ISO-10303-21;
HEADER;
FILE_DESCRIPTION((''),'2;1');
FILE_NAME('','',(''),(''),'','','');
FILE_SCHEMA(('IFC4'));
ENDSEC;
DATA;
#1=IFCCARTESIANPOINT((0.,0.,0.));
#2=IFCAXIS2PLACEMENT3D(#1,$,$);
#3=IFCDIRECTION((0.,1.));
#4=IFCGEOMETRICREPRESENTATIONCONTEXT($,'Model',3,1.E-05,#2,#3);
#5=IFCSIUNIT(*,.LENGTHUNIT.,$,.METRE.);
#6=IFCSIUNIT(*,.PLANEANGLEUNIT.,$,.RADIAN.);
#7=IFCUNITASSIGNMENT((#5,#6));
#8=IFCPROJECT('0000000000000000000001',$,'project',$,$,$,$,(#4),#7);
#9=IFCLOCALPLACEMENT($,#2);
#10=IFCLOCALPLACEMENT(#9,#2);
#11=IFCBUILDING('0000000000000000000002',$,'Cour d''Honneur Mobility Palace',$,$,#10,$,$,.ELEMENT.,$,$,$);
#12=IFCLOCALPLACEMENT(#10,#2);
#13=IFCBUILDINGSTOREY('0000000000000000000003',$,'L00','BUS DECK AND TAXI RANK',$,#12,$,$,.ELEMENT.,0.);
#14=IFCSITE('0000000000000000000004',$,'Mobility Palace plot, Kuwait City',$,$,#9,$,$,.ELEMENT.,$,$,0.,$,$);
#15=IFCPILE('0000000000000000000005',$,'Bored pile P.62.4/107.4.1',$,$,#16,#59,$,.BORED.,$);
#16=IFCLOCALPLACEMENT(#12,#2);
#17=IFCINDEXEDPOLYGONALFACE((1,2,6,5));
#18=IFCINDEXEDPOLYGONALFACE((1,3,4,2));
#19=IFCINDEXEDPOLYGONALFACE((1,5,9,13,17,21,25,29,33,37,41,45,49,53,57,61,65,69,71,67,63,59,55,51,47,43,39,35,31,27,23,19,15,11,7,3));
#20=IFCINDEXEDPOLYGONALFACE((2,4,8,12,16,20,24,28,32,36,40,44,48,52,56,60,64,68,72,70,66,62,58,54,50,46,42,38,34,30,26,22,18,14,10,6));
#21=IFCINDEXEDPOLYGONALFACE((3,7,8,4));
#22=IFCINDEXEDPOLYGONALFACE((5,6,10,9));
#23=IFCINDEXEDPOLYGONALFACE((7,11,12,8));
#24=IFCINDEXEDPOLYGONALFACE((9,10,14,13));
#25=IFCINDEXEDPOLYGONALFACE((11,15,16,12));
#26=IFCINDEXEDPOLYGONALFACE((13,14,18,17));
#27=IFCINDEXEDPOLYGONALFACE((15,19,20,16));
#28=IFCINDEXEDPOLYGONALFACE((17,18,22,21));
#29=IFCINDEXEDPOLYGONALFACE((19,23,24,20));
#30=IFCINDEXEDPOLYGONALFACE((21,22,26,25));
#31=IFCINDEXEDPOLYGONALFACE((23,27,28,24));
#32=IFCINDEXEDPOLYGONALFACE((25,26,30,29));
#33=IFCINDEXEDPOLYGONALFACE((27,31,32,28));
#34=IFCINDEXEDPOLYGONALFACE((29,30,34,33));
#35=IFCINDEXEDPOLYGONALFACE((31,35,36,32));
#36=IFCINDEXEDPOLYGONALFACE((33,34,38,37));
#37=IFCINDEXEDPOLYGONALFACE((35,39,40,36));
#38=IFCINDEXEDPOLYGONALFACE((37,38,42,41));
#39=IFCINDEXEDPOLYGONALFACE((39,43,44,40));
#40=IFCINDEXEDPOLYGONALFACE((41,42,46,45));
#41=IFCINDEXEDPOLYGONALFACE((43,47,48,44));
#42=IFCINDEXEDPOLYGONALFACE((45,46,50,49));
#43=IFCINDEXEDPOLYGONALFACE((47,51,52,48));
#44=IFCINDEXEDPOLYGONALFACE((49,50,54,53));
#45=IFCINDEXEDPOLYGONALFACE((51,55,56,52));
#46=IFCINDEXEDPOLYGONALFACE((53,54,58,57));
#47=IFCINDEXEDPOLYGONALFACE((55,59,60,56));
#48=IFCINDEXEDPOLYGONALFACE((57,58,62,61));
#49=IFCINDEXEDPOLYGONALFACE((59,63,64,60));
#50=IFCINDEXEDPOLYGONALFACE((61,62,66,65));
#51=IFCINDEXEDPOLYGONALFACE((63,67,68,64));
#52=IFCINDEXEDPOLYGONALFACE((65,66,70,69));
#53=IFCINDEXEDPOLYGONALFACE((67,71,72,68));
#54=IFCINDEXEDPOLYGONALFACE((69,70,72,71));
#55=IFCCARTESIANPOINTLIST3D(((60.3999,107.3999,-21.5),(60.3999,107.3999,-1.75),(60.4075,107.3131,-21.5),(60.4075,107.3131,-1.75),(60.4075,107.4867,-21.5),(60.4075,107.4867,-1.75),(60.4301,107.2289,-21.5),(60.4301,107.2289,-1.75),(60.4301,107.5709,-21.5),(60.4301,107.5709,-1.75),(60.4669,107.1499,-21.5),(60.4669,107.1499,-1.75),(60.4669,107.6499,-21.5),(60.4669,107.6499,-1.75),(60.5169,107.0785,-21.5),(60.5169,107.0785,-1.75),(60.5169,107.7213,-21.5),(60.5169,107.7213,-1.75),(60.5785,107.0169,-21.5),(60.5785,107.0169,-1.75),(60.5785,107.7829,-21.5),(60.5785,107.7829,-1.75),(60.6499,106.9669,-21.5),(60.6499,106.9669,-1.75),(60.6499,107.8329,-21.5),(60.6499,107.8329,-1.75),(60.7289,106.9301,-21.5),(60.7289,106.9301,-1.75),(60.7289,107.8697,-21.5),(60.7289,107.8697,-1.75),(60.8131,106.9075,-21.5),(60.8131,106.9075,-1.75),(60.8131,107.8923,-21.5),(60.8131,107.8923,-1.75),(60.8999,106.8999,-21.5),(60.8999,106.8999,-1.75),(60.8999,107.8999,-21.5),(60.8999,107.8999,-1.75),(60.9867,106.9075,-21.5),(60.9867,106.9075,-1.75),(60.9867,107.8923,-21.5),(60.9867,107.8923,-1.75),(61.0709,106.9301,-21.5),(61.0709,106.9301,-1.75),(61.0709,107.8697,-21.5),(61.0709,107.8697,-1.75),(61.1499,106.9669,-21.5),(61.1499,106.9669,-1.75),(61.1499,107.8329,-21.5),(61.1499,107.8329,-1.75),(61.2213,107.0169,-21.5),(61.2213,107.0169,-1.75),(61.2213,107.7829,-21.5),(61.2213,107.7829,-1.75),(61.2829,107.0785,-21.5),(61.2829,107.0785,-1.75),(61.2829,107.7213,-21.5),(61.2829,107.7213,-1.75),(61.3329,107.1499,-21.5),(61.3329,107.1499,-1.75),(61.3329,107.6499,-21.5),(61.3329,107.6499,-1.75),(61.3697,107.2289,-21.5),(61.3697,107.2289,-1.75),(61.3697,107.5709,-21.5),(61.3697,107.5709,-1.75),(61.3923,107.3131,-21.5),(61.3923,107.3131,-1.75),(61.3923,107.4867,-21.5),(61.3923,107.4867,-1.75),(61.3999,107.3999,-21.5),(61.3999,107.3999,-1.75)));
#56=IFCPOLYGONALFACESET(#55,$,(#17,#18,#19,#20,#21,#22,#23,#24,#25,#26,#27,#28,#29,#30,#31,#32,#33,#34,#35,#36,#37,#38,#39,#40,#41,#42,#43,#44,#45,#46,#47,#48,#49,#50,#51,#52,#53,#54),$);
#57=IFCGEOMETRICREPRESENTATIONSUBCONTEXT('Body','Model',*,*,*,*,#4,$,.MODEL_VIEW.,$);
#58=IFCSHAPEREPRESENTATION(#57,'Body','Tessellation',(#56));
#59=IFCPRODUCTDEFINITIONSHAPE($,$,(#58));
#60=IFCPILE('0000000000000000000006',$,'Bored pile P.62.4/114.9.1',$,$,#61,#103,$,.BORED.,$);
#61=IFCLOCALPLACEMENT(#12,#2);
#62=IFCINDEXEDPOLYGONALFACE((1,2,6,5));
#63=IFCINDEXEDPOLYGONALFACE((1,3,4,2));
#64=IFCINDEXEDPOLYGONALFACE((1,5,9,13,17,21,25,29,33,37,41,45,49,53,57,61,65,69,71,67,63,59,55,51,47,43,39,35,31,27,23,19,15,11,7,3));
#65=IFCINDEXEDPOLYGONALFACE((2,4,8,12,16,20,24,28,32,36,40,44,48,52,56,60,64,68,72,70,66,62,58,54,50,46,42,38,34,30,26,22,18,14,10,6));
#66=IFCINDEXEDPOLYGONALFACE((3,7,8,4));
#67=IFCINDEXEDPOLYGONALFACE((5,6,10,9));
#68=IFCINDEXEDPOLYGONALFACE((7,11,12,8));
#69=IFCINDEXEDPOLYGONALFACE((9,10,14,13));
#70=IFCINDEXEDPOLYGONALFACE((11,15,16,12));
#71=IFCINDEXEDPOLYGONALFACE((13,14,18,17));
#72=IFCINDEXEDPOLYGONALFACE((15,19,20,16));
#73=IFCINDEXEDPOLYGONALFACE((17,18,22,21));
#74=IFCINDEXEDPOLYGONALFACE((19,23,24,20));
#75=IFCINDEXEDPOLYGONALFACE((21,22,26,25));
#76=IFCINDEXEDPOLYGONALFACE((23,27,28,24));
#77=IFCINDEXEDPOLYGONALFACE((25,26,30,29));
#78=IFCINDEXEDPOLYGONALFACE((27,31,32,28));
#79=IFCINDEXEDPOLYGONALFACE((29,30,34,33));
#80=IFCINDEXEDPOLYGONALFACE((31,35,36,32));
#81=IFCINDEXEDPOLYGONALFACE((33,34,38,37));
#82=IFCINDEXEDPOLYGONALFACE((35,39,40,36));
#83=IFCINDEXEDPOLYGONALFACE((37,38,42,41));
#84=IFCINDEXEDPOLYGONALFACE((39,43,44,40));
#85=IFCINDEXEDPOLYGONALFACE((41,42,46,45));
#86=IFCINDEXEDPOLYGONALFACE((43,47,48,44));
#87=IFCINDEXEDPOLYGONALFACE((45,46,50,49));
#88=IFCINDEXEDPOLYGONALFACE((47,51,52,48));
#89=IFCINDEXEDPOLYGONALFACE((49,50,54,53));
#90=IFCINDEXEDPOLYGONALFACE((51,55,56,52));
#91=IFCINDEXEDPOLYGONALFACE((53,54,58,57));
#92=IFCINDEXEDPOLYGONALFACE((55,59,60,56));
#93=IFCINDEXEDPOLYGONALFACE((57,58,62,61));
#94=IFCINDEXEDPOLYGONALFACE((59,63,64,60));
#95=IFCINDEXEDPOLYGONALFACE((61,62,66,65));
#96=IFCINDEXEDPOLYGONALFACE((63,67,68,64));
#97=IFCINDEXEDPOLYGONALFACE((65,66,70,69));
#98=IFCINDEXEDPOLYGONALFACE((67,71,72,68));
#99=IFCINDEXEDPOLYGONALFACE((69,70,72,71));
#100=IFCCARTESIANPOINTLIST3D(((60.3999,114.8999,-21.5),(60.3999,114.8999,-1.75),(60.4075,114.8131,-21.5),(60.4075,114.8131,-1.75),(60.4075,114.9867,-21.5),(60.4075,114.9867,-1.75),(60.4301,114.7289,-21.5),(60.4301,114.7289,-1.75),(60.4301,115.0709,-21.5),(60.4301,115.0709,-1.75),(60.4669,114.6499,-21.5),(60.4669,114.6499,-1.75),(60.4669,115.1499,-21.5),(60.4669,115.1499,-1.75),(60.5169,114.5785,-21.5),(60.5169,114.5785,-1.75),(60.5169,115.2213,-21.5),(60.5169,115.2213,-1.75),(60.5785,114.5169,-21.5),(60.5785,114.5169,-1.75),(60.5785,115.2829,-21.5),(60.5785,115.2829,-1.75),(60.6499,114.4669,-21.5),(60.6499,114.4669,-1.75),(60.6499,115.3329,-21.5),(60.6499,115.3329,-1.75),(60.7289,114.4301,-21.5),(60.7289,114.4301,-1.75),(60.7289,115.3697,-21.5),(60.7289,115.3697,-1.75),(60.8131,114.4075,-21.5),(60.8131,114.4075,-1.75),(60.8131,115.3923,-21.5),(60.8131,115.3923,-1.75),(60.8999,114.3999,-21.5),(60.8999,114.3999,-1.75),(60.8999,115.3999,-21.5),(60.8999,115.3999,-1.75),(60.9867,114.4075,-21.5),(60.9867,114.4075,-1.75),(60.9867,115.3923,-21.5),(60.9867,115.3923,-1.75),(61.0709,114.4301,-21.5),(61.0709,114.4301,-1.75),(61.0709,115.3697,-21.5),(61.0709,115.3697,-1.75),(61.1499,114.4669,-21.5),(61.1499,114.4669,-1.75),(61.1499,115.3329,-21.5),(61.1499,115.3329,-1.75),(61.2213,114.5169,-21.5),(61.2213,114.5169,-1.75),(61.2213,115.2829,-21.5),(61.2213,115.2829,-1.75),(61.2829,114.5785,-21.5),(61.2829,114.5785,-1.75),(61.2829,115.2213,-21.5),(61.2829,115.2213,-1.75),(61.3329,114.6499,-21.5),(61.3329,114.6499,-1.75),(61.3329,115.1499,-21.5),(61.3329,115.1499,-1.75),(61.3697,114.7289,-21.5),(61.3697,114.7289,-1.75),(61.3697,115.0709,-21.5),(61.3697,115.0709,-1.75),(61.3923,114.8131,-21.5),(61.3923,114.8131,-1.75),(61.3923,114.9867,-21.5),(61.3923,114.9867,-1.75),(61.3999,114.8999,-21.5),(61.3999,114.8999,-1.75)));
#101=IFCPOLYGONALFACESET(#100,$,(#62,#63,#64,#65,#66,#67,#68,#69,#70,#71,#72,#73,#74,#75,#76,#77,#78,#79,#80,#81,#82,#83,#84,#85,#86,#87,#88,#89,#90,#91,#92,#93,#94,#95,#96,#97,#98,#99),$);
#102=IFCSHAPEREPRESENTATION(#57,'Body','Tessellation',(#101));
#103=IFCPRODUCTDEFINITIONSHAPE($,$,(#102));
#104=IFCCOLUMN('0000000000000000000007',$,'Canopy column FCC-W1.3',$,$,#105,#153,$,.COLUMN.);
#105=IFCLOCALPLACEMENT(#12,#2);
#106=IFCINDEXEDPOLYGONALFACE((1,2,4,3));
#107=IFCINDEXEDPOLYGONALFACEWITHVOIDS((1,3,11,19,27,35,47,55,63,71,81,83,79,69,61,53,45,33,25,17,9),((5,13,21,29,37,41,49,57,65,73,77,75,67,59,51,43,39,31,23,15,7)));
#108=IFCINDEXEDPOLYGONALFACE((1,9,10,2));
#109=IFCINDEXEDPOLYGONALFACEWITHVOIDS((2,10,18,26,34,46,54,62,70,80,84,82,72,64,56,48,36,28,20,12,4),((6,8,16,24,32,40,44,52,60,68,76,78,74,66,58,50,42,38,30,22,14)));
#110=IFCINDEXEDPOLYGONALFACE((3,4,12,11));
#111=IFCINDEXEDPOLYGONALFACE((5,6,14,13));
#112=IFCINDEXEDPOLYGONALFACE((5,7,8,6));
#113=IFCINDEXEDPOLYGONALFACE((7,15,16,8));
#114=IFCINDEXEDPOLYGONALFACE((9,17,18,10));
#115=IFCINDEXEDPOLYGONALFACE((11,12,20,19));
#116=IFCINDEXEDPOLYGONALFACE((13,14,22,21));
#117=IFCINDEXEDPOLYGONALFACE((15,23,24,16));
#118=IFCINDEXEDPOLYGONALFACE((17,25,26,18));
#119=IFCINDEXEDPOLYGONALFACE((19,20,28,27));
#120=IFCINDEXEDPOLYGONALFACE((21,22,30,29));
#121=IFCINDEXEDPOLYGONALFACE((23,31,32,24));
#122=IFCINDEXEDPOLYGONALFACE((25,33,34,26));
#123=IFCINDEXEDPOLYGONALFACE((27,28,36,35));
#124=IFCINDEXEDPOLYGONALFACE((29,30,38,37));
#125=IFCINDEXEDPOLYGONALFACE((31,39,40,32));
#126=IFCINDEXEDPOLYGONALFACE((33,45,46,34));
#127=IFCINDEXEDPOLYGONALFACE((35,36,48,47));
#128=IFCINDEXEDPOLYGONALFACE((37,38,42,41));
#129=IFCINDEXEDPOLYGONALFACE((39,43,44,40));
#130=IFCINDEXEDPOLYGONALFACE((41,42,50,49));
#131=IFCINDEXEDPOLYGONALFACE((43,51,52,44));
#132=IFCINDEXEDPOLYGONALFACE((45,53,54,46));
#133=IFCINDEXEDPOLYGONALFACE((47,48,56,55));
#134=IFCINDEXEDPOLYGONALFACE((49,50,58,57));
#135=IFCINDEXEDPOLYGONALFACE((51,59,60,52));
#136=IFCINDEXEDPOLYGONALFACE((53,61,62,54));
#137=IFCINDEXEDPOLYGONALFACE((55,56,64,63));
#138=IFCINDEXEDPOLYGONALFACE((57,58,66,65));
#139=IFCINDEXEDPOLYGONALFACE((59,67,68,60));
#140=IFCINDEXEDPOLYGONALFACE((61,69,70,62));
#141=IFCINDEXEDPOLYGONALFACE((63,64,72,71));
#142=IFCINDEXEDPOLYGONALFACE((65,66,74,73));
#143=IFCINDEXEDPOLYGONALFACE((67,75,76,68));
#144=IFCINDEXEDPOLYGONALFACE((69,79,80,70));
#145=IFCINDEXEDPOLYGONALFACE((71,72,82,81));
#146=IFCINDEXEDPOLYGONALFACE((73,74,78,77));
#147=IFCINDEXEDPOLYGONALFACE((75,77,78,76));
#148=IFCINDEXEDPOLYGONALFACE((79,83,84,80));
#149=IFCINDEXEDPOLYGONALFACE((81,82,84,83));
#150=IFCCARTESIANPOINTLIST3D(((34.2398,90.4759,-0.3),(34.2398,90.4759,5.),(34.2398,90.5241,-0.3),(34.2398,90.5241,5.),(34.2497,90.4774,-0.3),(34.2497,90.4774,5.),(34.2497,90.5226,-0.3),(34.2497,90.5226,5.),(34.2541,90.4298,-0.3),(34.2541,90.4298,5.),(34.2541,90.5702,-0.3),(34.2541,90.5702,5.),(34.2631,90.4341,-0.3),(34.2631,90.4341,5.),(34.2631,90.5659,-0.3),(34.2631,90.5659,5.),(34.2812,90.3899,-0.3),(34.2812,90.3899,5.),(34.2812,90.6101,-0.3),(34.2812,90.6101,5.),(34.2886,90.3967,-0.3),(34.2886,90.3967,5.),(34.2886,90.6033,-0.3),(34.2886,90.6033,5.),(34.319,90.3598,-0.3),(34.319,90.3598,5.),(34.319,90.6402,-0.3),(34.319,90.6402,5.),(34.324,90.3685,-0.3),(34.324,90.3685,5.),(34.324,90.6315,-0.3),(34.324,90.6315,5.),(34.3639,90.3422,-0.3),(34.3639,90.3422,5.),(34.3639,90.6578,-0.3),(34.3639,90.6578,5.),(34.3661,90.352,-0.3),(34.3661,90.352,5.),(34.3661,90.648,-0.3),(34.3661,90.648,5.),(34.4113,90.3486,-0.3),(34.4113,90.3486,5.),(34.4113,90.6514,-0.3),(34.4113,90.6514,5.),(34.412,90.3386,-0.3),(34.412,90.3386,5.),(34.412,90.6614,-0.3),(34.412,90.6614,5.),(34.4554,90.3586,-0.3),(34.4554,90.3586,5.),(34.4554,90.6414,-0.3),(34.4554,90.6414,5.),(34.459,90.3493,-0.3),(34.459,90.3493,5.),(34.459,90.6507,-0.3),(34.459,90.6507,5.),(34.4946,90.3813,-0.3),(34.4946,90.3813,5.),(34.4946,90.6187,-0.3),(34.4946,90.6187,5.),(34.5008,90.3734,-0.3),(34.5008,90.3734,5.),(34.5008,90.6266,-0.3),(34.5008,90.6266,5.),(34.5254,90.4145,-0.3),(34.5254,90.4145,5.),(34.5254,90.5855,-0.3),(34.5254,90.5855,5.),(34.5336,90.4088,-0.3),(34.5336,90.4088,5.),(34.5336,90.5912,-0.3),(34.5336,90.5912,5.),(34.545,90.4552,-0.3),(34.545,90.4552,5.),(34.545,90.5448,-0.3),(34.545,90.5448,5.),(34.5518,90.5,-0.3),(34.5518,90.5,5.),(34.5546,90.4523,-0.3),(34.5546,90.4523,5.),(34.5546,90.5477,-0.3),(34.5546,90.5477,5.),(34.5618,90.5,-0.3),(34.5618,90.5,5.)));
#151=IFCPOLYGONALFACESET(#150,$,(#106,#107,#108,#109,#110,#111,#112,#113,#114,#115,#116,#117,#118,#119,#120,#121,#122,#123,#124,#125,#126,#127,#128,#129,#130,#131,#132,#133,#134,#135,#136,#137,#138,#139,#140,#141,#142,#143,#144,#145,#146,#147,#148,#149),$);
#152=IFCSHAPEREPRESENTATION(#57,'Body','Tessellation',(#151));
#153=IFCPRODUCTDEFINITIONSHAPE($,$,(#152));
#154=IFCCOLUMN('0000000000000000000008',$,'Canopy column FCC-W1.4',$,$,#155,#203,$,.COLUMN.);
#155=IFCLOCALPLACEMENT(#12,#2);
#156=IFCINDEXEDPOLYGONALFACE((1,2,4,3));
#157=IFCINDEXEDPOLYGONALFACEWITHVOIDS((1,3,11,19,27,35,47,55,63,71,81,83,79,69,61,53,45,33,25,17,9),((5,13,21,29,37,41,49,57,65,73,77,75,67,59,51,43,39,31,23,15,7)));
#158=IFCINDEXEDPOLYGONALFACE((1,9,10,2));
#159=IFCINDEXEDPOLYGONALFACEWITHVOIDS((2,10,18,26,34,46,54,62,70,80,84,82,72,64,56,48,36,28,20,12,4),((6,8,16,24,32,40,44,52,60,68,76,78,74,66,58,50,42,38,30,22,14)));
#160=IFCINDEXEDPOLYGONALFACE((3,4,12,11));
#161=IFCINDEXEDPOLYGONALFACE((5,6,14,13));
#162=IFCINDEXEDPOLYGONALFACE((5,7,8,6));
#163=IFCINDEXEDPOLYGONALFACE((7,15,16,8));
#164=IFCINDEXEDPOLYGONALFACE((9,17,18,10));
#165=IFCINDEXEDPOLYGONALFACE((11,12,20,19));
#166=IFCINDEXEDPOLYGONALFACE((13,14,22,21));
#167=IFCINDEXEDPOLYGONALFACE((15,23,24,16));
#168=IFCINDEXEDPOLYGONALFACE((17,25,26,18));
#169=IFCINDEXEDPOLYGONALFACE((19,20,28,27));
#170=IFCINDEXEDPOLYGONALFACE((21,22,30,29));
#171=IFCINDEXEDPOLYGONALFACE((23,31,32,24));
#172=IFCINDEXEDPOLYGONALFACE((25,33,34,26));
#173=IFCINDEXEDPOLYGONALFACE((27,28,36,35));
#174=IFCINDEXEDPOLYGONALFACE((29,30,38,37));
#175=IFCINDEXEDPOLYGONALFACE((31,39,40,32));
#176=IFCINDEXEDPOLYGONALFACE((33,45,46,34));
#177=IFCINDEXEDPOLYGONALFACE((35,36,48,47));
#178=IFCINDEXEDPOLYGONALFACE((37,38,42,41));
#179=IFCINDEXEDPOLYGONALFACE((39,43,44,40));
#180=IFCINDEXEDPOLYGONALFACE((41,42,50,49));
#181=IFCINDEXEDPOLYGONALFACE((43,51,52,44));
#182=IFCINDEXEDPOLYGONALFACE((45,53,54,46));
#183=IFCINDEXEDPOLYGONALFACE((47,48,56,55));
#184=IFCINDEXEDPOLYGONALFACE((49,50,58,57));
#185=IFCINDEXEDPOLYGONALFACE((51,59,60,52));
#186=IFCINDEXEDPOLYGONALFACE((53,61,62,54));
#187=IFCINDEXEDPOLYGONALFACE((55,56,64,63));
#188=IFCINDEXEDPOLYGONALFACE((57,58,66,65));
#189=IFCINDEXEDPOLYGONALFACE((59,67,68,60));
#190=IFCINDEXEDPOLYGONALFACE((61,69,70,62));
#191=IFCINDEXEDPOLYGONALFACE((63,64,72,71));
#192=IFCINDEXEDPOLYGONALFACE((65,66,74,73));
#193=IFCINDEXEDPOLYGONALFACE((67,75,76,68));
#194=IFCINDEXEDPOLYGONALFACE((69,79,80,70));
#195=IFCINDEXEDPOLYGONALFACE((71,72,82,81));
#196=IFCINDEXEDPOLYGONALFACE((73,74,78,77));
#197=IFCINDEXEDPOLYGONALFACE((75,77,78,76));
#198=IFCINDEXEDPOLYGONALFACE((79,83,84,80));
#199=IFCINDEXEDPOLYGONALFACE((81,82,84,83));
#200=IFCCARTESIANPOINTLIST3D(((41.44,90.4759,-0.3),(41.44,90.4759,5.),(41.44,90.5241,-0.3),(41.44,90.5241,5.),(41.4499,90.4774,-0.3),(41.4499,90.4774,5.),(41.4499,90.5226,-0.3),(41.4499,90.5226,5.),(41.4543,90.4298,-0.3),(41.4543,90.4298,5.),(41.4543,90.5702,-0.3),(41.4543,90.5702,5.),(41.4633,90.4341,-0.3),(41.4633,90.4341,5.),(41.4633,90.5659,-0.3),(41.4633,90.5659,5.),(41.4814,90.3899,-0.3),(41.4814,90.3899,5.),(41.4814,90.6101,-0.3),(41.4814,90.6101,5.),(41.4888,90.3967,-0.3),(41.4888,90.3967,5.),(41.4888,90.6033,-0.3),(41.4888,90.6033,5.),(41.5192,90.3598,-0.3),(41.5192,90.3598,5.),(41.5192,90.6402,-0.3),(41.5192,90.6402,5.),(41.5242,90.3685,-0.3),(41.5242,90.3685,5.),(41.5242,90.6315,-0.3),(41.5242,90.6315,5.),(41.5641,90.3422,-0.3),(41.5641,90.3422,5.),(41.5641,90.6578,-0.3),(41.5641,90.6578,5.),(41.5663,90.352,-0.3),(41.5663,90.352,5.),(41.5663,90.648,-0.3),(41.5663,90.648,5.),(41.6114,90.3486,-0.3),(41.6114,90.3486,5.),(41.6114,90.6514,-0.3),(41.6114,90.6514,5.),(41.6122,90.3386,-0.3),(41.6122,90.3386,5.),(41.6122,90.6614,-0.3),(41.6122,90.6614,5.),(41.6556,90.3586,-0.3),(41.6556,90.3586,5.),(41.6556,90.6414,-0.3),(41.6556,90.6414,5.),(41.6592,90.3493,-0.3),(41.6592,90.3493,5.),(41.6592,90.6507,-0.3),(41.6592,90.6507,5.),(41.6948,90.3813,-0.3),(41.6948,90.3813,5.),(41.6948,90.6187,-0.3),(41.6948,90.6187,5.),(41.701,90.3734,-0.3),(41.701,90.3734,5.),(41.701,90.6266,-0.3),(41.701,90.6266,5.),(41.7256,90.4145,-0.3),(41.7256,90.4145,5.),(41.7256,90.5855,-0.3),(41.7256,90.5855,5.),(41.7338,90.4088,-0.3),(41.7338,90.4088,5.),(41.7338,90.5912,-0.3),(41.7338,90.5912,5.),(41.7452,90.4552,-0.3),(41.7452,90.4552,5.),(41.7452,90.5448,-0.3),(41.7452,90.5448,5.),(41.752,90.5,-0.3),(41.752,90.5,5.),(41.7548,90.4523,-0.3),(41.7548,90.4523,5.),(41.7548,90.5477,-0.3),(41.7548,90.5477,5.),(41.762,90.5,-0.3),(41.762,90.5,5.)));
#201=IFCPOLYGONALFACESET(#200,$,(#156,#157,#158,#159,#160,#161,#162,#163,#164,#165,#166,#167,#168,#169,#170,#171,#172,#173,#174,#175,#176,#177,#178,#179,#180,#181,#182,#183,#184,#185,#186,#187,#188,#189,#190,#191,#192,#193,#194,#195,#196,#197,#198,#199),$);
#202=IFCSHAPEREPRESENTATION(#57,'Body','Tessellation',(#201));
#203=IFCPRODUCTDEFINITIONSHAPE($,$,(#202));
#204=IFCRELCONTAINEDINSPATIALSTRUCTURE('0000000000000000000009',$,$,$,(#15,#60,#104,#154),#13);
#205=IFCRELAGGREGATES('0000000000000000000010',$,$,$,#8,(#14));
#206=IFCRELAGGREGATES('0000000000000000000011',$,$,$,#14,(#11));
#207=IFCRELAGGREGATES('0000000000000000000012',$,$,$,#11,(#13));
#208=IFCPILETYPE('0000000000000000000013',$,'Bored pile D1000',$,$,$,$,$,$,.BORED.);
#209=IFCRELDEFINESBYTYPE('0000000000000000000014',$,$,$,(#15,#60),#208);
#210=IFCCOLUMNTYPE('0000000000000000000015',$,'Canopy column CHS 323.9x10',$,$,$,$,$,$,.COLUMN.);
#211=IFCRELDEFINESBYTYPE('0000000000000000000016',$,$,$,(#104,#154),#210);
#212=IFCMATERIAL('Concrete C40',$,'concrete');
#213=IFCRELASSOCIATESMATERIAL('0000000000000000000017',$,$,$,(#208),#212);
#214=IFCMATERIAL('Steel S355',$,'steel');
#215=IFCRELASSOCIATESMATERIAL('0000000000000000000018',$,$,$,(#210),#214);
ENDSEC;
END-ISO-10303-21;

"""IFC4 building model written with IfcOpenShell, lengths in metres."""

from ifc_helpers import new_model, si_unit, direction, frame, origin, origin_2d, place, context, subcontext, project, spatial, circle, hollow_circle, extrude, material, material_profile, profile_set, type_object, element, save


model = new_model("IFC4")

# Units and contexts
model_context = context("Model", 3, precision=1e-05, world=origin(), true_north=direction((0.0, 1.0)))
body_context = subcontext(model_context, "Body", "Model", "MODEL_VIEW")
ifc_project = project(units=[si_unit("LENGTHUNIT", "METRE"), si_unit("PLANEANGLEUNIT", "RADIAN")], contexts=[model_context])

# Site, building, storey
site_placement = place(None, origin())
site = spatial("IfcSite", under=ifc_project, at=site_placement, Name="Mobility Palace plot, Kuwait City", CompositionType="ELEMENT", RefElevation=0.0)
building_placement = place(site_placement, origin())
building = spatial("IfcBuilding", under=site, at=building_placement, Name="Cour d'Honneur Mobility Palace", CompositionType="ELEMENT")
storey_placement = place(building_placement, origin())
storey = spatial("IfcBuildingStorey", under=building, at=storey_placement, Name="L00", Description="BUS DECK AND TAXI RANK", CompositionType="ELEMENT", Elevation=0.0)

# Piles
ifc_material_1 = material(Name="Concrete C40", Category="concrete")
ifc_material_profile_1 = material_profile(ifc_material_1, circle(Radius=0.5, at=origin_2d()), Name="Bored pile D1000")
ifc_profile_set_1 = profile_set([ifc_material_profile_1], Name="Concrete C40")
pile_type = type_object("IfcPileType", Name="Bored pile D1000", PredefinedType="BORED", material=ifc_profile_set_1)
for number, where, z_axis, x_axis, name in (
    (1, (60.8999, 107.3999, -1.75), (0.0, 0.0, -1.0), (1.0, 0.0, 0.0), "Bored pile P.62.4/107.4.1"),
    (2, (60.8999, 114.8999, -1.75), (0.0, 0.0, -1.0), (1.0, 0.0, 0.0), "Bored pile P.62.4/114.9.1"),
):
    element("IfcPile", number, at=place(storey_placement, frame(where, z_axis=z_axis, x_axis=x_axis)), inside=storey, type_object=pile_type, Name=name, PredefinedType="BORED", context=body_context, shape_type="SweptSolid", body=[
        extrude(circle(Radius=0.5, at=origin_2d()), origin(), (0.0, 0.0, 1.0), 19.75),
    ])

# Columns
ifc_material_2 = material(Name="Steel S355", Category="steel")
ifc_material_profile_2 = material_profile(ifc_material_2, hollow_circle(Radius=0.1619, WallThickness=0.01, at=origin_2d()), Name="CHS 323.9x10")
ifc_profile_set_2 = profile_set([ifc_material_profile_2], Name="Steel S355")
column_type_1 = type_object("IfcColumnType", Name="Canopy column CHS 323.9x10", PredefinedType="COLUMN", material=ifc_profile_set_2)
for number, where, z_axis, x_axis, name in (
    (3, (34.3999, 90.5, -0.3), (0.0, 0.0, 1.0), (1.0, 0.0, 0.0), "Canopy column FCC-W1.3"),
    (4, (41.6001, 90.5, -0.3), (0.0, 0.0, 1.0), (1.0, 0.0, 0.0), "Canopy column FCC-W1.4"),
):
    element("IfcColumn", number, at=place(storey_placement, frame(where, z_axis=z_axis, x_axis=x_axis)), inside=storey, type_object=column_type_1, Name=name, PredefinedType="COLUMN", context=body_context, shape_type="SweptSolid", body=[
        extrude(hollow_circle(Radius=0.1619, WallThickness=0.01, at=origin_2d()), origin(), (0.0, 0.0, 1.0), 5.3),
    ])

save(model, "model.ifc")
